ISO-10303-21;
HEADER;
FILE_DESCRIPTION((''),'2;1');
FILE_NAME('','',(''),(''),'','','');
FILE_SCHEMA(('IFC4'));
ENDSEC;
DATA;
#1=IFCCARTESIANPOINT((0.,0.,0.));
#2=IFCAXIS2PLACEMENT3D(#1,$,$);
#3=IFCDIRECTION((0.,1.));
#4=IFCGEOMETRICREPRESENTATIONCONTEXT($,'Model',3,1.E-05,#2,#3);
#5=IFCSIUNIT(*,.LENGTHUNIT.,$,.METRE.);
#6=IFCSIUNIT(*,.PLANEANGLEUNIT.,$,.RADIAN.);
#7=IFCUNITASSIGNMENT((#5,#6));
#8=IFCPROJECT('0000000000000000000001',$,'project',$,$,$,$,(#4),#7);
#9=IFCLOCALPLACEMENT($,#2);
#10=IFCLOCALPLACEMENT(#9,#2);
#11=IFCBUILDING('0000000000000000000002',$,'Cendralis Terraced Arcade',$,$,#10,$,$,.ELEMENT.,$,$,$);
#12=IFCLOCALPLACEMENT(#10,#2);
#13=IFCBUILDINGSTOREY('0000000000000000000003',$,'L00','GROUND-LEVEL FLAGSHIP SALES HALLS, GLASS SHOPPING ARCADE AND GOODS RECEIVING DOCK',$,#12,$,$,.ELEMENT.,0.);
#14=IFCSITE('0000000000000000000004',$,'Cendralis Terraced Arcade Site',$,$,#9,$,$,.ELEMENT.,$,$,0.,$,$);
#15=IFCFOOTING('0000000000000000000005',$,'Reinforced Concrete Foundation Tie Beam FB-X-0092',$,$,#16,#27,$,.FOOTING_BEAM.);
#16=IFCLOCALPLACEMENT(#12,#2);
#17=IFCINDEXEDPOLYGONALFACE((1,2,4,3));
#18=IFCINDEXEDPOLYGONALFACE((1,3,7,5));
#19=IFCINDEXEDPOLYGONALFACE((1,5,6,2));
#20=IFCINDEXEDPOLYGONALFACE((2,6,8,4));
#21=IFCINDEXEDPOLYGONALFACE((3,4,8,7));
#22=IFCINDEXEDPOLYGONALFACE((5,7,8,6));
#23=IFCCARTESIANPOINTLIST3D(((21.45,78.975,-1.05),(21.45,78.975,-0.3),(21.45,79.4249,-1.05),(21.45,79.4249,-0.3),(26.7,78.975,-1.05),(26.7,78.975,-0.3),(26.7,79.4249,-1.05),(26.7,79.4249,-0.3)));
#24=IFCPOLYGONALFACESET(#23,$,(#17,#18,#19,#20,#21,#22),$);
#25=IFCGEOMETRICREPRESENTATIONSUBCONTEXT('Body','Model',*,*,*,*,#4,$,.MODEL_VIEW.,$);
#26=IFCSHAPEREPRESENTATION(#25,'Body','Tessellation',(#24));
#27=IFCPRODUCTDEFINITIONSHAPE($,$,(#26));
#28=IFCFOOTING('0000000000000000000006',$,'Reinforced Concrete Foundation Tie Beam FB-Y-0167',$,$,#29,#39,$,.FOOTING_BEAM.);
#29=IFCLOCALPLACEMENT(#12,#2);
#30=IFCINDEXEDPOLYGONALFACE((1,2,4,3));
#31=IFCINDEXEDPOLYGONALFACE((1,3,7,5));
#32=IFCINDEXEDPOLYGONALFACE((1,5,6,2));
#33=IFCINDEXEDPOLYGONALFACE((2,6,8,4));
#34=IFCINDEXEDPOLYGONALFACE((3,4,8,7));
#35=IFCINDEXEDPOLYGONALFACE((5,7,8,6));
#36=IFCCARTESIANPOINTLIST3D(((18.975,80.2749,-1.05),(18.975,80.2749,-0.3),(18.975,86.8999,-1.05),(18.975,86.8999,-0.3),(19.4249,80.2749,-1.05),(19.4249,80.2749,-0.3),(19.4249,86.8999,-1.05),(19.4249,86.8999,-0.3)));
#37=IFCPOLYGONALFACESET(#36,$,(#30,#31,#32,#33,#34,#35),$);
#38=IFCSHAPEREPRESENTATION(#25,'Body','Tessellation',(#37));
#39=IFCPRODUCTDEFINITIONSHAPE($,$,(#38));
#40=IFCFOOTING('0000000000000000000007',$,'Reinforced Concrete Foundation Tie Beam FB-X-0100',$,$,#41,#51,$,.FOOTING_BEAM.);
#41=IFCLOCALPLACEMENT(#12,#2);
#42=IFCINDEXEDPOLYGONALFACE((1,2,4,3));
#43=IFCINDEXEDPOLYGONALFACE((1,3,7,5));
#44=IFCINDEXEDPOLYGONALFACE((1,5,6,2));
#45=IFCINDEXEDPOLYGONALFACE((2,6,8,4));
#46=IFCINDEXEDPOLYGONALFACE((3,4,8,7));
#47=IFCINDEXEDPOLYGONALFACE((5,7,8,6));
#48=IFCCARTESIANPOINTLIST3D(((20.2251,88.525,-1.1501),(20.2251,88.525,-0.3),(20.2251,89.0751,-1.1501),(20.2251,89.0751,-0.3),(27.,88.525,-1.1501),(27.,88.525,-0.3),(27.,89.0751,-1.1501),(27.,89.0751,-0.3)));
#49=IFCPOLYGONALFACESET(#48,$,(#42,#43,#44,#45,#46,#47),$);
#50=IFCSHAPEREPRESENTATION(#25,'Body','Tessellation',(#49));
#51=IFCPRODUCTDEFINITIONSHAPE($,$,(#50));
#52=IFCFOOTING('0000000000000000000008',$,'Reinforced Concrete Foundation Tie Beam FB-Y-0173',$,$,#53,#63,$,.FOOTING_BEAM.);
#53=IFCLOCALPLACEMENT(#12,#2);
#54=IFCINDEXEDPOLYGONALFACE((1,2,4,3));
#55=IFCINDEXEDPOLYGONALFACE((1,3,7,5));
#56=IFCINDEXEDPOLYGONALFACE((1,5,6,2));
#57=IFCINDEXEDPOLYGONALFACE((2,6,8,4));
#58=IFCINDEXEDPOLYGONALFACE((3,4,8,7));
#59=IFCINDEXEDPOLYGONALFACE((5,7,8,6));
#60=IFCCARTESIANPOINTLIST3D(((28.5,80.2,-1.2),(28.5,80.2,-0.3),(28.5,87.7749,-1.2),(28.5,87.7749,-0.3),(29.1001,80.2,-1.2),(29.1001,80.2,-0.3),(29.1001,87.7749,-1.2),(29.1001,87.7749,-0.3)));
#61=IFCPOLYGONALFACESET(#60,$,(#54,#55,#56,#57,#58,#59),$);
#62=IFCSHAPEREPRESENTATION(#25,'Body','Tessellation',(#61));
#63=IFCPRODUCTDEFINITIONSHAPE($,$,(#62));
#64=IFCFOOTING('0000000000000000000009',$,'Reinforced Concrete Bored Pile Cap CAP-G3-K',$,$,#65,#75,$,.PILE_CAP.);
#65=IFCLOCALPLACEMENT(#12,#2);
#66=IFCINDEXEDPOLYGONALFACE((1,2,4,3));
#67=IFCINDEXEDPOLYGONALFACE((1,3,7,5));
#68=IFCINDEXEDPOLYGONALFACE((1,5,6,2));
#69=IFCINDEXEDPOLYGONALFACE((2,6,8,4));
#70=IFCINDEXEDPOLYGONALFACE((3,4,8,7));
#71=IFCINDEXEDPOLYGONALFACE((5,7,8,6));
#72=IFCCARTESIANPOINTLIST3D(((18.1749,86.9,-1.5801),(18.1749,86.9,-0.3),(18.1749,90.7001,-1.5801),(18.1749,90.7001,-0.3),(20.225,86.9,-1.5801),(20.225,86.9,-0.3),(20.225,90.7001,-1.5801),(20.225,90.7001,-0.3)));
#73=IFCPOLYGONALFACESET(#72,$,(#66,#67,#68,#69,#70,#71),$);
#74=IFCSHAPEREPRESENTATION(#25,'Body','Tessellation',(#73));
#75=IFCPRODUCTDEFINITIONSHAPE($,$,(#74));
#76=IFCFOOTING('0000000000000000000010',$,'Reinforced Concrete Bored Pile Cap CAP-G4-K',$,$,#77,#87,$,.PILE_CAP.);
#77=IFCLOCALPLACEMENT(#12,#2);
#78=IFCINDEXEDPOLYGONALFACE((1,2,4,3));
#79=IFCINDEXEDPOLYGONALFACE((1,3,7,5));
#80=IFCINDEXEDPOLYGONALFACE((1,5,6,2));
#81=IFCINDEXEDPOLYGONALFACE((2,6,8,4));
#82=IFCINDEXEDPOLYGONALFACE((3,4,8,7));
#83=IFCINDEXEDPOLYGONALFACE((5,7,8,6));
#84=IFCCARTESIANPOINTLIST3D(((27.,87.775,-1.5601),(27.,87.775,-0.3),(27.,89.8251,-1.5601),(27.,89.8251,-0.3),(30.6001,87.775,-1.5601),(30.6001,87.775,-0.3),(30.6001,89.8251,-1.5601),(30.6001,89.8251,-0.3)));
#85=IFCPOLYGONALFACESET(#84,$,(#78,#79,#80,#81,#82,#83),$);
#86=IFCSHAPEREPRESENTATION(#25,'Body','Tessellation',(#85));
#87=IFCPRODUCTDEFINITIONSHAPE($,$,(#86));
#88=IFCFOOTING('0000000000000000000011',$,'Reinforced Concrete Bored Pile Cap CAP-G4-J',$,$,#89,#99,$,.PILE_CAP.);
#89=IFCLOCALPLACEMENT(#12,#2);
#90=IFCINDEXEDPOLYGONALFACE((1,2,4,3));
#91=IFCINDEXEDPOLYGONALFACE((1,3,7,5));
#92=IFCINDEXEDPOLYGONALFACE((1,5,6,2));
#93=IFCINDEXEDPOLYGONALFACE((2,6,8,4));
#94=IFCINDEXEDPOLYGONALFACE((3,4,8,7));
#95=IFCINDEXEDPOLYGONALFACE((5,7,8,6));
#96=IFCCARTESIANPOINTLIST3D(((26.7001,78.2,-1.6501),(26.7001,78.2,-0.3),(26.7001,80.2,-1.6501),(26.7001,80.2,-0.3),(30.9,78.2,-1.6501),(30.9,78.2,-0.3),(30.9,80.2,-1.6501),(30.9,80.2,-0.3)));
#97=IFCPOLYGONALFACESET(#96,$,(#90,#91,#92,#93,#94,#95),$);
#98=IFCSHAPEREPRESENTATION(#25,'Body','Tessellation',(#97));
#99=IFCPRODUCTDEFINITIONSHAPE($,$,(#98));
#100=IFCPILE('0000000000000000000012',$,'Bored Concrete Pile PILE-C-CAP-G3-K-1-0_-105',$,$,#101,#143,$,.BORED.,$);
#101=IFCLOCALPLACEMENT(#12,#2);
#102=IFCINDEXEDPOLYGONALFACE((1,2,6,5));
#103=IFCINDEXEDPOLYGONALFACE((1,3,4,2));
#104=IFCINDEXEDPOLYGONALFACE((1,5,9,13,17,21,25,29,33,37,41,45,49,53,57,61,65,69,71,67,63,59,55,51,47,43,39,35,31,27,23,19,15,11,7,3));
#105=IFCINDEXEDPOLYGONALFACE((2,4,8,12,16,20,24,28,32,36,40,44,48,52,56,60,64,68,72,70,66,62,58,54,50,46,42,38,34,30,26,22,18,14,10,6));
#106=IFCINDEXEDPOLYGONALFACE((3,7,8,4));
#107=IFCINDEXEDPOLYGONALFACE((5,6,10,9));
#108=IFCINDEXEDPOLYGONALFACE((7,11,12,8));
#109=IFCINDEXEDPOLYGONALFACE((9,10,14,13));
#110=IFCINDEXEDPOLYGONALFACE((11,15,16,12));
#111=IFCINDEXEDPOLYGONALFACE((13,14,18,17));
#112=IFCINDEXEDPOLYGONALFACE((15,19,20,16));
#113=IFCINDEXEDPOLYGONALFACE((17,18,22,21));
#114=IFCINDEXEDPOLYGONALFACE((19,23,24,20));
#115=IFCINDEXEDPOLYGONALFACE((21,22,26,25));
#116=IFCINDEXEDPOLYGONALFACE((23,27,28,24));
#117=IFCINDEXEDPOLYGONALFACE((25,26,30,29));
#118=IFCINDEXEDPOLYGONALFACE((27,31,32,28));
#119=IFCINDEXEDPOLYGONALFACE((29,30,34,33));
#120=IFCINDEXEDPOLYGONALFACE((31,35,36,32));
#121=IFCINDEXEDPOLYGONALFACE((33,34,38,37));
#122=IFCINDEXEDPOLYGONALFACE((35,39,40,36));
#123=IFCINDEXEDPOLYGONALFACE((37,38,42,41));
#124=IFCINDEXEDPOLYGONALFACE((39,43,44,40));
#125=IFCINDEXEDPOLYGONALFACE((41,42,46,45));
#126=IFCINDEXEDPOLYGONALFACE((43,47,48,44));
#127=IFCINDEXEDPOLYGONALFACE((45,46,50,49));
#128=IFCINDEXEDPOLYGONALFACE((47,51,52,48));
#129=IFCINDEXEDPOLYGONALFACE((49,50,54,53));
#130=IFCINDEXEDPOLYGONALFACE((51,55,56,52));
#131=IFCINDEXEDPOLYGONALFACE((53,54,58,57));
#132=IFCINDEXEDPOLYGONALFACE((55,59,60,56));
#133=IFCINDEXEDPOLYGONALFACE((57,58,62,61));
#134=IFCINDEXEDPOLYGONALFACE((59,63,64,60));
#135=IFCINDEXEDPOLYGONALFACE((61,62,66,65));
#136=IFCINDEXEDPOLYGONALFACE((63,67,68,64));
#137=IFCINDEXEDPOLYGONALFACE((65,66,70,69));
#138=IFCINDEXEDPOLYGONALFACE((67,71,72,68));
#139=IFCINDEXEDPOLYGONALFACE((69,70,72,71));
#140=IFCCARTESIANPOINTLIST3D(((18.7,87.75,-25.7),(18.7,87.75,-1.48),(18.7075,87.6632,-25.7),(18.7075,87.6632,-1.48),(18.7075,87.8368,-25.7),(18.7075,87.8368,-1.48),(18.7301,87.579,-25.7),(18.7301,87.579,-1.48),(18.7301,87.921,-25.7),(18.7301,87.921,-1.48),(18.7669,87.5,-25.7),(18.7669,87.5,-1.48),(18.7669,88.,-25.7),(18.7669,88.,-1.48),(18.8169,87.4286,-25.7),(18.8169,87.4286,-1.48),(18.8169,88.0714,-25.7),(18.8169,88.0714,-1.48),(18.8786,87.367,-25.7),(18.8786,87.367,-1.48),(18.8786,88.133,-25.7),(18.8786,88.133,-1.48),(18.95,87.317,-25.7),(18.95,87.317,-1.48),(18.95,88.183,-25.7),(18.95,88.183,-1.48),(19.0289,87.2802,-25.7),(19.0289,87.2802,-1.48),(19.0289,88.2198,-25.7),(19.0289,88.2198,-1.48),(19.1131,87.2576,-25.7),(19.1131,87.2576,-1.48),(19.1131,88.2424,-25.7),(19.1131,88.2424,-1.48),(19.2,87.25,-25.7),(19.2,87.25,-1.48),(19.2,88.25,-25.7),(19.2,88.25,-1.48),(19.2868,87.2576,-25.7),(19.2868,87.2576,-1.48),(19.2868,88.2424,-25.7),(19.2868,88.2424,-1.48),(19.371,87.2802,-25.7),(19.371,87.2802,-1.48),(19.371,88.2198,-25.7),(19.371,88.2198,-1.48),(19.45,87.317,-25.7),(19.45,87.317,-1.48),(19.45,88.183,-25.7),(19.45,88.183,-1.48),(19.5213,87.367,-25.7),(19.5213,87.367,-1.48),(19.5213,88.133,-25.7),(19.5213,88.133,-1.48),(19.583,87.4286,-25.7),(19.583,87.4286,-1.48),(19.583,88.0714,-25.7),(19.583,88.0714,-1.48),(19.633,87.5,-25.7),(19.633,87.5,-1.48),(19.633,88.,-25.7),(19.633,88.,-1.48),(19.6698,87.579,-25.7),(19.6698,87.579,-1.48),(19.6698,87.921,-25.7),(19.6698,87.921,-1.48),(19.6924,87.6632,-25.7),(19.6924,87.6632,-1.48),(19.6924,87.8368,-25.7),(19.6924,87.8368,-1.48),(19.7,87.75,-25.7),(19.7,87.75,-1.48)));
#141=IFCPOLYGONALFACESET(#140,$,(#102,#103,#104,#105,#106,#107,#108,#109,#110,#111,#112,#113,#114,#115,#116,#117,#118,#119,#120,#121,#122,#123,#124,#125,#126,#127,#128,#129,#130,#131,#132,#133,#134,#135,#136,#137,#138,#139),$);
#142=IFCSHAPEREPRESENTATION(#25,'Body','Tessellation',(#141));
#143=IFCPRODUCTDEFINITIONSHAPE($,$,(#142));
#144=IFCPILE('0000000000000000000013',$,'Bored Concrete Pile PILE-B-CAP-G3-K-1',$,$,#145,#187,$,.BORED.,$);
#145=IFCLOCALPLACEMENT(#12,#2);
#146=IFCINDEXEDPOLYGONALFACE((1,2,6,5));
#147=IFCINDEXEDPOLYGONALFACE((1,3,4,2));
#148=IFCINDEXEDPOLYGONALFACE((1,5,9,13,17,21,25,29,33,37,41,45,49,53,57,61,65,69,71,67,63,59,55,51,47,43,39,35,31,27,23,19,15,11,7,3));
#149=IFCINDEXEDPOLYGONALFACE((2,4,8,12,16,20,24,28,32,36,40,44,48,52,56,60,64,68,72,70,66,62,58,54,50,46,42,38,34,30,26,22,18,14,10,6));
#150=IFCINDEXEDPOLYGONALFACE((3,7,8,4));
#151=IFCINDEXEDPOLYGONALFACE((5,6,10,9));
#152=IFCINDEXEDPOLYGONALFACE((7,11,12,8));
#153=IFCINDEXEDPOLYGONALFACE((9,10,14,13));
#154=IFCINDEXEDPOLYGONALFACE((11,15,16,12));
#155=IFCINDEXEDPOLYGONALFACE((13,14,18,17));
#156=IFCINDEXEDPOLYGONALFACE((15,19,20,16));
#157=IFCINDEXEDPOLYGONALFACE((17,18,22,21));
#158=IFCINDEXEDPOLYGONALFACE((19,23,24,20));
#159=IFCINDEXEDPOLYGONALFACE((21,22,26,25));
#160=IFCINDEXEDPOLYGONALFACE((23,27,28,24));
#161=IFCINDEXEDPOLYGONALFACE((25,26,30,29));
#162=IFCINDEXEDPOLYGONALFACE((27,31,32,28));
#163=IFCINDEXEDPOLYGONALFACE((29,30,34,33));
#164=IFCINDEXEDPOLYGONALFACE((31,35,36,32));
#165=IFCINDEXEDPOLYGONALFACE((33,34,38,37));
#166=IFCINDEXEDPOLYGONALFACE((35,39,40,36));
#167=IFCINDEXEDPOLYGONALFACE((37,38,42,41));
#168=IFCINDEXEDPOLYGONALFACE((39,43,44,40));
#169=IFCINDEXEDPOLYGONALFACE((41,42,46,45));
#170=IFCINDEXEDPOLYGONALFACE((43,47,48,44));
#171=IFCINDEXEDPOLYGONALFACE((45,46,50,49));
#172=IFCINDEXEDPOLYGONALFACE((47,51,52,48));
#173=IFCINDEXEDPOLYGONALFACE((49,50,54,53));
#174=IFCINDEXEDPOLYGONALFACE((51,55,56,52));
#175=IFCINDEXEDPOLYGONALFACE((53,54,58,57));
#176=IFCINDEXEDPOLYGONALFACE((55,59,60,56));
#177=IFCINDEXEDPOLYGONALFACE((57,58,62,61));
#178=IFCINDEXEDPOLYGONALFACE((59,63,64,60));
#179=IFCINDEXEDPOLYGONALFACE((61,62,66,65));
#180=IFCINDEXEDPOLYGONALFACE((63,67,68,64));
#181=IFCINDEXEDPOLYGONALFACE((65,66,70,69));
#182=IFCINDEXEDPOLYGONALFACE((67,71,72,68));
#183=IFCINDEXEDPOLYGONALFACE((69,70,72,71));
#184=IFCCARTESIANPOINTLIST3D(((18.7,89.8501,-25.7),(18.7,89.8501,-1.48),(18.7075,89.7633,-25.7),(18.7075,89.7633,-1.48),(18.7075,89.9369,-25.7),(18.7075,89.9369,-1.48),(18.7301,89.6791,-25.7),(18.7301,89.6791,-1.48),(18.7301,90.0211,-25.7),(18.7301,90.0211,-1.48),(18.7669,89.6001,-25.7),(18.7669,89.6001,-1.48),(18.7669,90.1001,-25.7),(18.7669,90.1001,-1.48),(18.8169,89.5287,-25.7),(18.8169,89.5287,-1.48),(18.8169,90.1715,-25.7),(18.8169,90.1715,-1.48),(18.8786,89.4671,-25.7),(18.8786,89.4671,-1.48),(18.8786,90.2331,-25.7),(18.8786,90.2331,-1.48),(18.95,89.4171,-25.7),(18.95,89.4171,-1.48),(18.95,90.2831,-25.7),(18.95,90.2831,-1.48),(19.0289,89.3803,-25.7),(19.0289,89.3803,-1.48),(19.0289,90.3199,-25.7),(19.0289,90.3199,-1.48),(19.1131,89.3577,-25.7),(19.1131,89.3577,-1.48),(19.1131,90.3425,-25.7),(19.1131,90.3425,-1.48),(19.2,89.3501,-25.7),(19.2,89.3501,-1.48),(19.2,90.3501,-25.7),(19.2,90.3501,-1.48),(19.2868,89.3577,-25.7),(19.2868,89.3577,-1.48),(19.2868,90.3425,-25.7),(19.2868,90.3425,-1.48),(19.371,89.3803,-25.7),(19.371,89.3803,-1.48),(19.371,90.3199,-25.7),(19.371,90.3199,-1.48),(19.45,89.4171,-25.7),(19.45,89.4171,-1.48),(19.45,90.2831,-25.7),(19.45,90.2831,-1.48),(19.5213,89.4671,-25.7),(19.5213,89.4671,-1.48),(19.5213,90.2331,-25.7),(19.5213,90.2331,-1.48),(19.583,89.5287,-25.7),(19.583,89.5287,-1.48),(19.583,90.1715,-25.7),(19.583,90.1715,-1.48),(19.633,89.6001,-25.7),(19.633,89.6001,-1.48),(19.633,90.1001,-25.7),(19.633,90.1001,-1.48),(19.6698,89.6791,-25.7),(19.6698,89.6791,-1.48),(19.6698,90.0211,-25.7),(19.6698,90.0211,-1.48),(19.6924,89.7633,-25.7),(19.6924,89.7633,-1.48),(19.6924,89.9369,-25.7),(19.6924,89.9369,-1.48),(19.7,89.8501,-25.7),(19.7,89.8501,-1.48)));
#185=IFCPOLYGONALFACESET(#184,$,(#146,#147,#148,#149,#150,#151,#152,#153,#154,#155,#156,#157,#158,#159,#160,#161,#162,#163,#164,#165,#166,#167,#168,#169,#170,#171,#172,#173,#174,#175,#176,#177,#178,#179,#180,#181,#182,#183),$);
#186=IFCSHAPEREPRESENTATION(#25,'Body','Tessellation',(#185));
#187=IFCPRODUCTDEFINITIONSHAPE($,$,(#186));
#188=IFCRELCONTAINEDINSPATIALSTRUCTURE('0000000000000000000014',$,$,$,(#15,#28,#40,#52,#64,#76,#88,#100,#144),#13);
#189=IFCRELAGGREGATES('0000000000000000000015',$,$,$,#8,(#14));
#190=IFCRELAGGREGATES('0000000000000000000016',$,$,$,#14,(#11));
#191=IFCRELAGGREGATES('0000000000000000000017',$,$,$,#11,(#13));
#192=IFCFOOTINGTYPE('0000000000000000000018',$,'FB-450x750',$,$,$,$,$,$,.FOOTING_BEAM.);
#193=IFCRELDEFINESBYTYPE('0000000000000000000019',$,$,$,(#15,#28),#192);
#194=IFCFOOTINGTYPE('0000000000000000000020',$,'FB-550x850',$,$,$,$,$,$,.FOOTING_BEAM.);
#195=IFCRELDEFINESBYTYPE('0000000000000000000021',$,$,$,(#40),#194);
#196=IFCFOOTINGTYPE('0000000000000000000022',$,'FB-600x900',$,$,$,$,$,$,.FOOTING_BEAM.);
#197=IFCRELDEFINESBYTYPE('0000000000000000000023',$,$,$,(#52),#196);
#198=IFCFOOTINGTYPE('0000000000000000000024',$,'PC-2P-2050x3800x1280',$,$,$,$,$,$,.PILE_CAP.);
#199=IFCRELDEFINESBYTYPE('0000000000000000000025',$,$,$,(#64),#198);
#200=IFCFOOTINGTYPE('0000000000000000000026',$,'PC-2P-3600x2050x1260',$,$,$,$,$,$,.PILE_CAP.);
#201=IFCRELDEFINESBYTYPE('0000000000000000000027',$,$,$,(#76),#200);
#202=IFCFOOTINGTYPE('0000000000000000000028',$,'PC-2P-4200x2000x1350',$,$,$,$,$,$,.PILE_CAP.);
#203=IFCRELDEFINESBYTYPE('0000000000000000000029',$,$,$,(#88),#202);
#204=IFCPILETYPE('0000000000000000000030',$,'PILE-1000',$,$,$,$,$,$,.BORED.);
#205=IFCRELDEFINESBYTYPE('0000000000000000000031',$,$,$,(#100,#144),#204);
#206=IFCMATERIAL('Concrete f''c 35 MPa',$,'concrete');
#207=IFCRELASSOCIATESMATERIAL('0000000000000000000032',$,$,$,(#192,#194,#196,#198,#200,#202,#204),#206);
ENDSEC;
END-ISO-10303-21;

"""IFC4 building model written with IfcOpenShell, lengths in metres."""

from ifc_helpers import new_model, si_unit, direction, frame, origin, origin_2d, place, context, subcontext, project, spatial, rectangle, circle, extrude, material, material_profile, profile_set, type_object, element, save


model = new_model("IFC4")

# Units and contexts
model_context = context("Model", 3, precision=1e-05, world=origin(), true_north=direction((0.0, 1.0)))
body_context = subcontext(model_context, "Body", "Model", "MODEL_VIEW")
ifc_project = project(units=[si_unit("LENGTHUNIT", "METRE"), si_unit("PLANEANGLEUNIT", "RADIAN")], contexts=[model_context])

# Site, building, storey
site_placement = place(None, origin())
site = spatial("IfcSite", under=ifc_project, at=site_placement, Name="Cendralis Terraced Arcade Site", CompositionType="ELEMENT", RefElevation=0.0)
building_placement = place(site_placement, origin())
building = spatial("IfcBuilding", under=site, at=building_placement, Name="Cendralis Terraced Arcade", CompositionType="ELEMENT")
storey_placement = place(building_placement, origin())
storey = spatial("IfcBuildingStorey", under=building, at=storey_placement, Name="L00", Description="GROUND-LEVEL FLAGSHIP SALES HALLS, GLASS SHOPPING ARCADE AND GOODS RECEIVING DOCK", CompositionType="ELEMENT", Elevation=0.0)

# Footings
ifc_material_1 = material(Name="Concrete f'c 35 MPa", Category="concrete")
ifc_material_profile_1 = material_profile(ifc_material_1, rectangle(XDim=0.45, YDim=0.75, at=origin_2d()), Name="FB-450x750", Category="LoadBearing")
ifc_profile_set_1 = profile_set([ifc_material_profile_1], Name="Concrete f'c 35 MPa")
footing_type_1 = type_object("IfcFootingType", Name="FB-450x750", PredefinedType="FOOTING_BEAM", material=ifc_profile_set_1)
footing_1_placement = place(storey_placement, frame((21.45, 79.2, -0.675), z_axis=(1.0, 0.0, 0.0), x_axis=(0.0, 1.0, 0.0)))
element("IfcFooting", 1, at=footing_1_placement, inside=storey, type_object=footing_type_1, Name="Reinforced Concrete Foundation Tie Beam FB-X-0092", PredefinedType="FOOTING_BEAM", context=body_context, shape_type="SweptSolid", body=[
    extrude(rectangle(XDim=0.45, YDim=0.75, at=origin_2d()), origin(), (0.0, 0.0, 1.0), 5.25),
])
footing_2_placement = place(storey_placement, frame((19.2, 80.2749, -0.675), z_axis=(0.0, 1.0, 0.0), x_axis=(-1.0, 0.0, 0.0)))
element("IfcFooting", 2, at=footing_2_placement, inside=storey, type_object=footing_type_1, Name="Reinforced Concrete Foundation Tie Beam FB-Y-0167", PredefinedType="FOOTING_BEAM", context=body_context, shape_type="SweptSolid", body=[
    extrude(rectangle(XDim=0.45, YDim=0.75, at=origin_2d()), origin(), (0.0, 0.0, 1.0), 6.625),
])
ifc_material_profile_2 = material_profile(ifc_material_1, rectangle(XDim=0.55, YDim=0.8501, at=origin_2d()), Name="FB-550x850", Category="LoadBearing")
ifc_profile_set_2 = profile_set([ifc_material_profile_2], Name="Concrete f'c 35 MPa")
footing_type_2 = type_object("IfcFootingType", Name="FB-550x850", PredefinedType="FOOTING_BEAM", material=ifc_profile_set_2)
footing_3_placement = place(storey_placement, frame((20.2251, 88.8, -0.7251), z_axis=(1.0, 0.0, 0.0), x_axis=(0.0, 1.0, 0.0)))
element("IfcFooting", 3, at=footing_3_placement, inside=storey, type_object=footing_type_2, Name="Reinforced Concrete Foundation Tie Beam FB-X-0100", PredefinedType="FOOTING_BEAM", context=body_context, shape_type="SweptSolid", body=[
    extrude(rectangle(XDim=0.55, YDim=0.8501, at=origin_2d()), origin(), (0.0, 0.0, 1.0), 6.7749),
])
ifc_material_profile_3 = material_profile(ifc_material_1, rectangle(XDim=0.6001, YDim=0.8999, at=origin_2d()), Name="FB-600x900", Category="LoadBearing")
ifc_profile_set_3 = profile_set([ifc_material_profile_3], Name="Concrete f'c 35 MPa")
footing_type_3 = type_object("IfcFootingType", Name="FB-600x900", PredefinedType="FOOTING_BEAM", material=ifc_profile_set_3)
footing_4_placement = place(storey_placement, frame((28.8, 80.2, -0.75), z_axis=(0.0, 1.0, 0.0), x_axis=(-1.0, 0.0, 0.0)))
element("IfcFooting", 4, at=footing_4_placement, inside=storey, type_object=footing_type_3, Name="Reinforced Concrete Foundation Tie Beam FB-Y-0173", PredefinedType="FOOTING_BEAM", context=body_context, shape_type="SweptSolid", body=[
    extrude(rectangle(XDim=0.6001, YDim=0.8999, at=origin_2d()), origin(), (0.0, 0.0, 1.0), 7.575),
])
footing_type_4 = type_object("IfcFootingType", Name="PC-2P-2050x3800x1280", PredefinedType="PILE_CAP", material=ifc_material_1)
footing_5_placement = place(storey_placement, frame((19.2, 88.8, -1.5801), z_axis=(0.0, 0.0, 1.0), x_axis=(1.0, 0.0, 0.0)))
element("IfcFooting", 5, at=footing_5_placement, inside=storey, type_object=footing_type_4, Name="Reinforced Concrete Bored Pile Cap CAP-G3-K", PredefinedType="PILE_CAP", context=body_context, shape_type="SweptSolid", body=[
    extrude(rectangle(XDim=2.05, YDim=3.8, at=origin_2d()), origin(), (0.0, 0.0, 1.0), 1.28),
])
footing_type_5 = type_object("IfcFootingType", Name="PC-2P-3600x2050x1260", PredefinedType="PILE_CAP", material=ifc_material_1)
footing_6_placement = place(storey_placement, frame((28.8, 88.8, -1.5601), z_axis=(0.0, 0.0, 1.0), x_axis=(1.0, 0.0, 0.0)))
element("IfcFooting", 6, at=footing_6_placement, inside=storey, type_object=footing_type_5, Name="Reinforced Concrete Bored Pile Cap CAP-G4-K", PredefinedType="PILE_CAP", context=body_context, shape_type="SweptSolid", body=[
    extrude(rectangle(XDim=3.6001, YDim=2.05, at=origin_2d()), origin(), (0.0, 0.0, 1.0), 1.26),
])
footing_type_6 = type_object("IfcFootingType", Name="PC-2P-4200x2000x1350", PredefinedType="PILE_CAP", material=ifc_material_1)
footing_7_placement = place(storey_placement, frame((28.8, 79.2, -1.6501), z_axis=(0.0, 0.0, 1.0), x_axis=(1.0, 0.0, 0.0)))
element("IfcFooting", 7, at=footing_7_placement, inside=storey, type_object=footing_type_6, Name="Reinforced Concrete Bored Pile Cap CAP-G4-J", PredefinedType="PILE_CAP", context=body_context, shape_type="SweptSolid", body=[
    extrude(rectangle(XDim=4.2, YDim=2.0, at=origin_2d()), origin(), (0.0, 0.0, 1.0), 1.3501),
])

# Piles
ifc_material_profile_4 = material_profile(ifc_material_1, circle(Radius=0.5, at=origin_2d()), Name="PILE-D1000", Category="LoadBearing")
ifc_profile_set_4 = profile_set([ifc_material_profile_4], Name="Concrete f'c 35 MPa")
pile_type_1 = type_object("IfcPileType", Name="PILE-1000", PredefinedType="BORED", material=ifc_profile_set_4)
for number, where, z_axis, x_axis, name in (
    (8, (19.2, 87.75, -1.48), (0.0, 0.0, -1.0), (1.0, 0.0, 0.0), "Bored Concrete Pile PILE-C-CAP-G3-K-1-0_-105"),
    (9, (19.2, 89.8501, -1.48), (0.0, 0.0, -1.0), (1.0, 0.0, 0.0), "Bored Concrete Pile PILE-B-CAP-G3-K-1"),
):
    element("IfcPile", number, at=place(storey_placement, frame(where, z_axis=z_axis, x_axis=x_axis)), inside=storey, type_object=pile_type_1, Name=name, PredefinedType="BORED", context=body_context, shape_type="SweptSolid", body=[
        extrude(circle(Radius=0.5, at=origin_2d()), origin(), (0.0, 0.0, 1.0), 24.22),
    ])

save(model, "model.ifc")
